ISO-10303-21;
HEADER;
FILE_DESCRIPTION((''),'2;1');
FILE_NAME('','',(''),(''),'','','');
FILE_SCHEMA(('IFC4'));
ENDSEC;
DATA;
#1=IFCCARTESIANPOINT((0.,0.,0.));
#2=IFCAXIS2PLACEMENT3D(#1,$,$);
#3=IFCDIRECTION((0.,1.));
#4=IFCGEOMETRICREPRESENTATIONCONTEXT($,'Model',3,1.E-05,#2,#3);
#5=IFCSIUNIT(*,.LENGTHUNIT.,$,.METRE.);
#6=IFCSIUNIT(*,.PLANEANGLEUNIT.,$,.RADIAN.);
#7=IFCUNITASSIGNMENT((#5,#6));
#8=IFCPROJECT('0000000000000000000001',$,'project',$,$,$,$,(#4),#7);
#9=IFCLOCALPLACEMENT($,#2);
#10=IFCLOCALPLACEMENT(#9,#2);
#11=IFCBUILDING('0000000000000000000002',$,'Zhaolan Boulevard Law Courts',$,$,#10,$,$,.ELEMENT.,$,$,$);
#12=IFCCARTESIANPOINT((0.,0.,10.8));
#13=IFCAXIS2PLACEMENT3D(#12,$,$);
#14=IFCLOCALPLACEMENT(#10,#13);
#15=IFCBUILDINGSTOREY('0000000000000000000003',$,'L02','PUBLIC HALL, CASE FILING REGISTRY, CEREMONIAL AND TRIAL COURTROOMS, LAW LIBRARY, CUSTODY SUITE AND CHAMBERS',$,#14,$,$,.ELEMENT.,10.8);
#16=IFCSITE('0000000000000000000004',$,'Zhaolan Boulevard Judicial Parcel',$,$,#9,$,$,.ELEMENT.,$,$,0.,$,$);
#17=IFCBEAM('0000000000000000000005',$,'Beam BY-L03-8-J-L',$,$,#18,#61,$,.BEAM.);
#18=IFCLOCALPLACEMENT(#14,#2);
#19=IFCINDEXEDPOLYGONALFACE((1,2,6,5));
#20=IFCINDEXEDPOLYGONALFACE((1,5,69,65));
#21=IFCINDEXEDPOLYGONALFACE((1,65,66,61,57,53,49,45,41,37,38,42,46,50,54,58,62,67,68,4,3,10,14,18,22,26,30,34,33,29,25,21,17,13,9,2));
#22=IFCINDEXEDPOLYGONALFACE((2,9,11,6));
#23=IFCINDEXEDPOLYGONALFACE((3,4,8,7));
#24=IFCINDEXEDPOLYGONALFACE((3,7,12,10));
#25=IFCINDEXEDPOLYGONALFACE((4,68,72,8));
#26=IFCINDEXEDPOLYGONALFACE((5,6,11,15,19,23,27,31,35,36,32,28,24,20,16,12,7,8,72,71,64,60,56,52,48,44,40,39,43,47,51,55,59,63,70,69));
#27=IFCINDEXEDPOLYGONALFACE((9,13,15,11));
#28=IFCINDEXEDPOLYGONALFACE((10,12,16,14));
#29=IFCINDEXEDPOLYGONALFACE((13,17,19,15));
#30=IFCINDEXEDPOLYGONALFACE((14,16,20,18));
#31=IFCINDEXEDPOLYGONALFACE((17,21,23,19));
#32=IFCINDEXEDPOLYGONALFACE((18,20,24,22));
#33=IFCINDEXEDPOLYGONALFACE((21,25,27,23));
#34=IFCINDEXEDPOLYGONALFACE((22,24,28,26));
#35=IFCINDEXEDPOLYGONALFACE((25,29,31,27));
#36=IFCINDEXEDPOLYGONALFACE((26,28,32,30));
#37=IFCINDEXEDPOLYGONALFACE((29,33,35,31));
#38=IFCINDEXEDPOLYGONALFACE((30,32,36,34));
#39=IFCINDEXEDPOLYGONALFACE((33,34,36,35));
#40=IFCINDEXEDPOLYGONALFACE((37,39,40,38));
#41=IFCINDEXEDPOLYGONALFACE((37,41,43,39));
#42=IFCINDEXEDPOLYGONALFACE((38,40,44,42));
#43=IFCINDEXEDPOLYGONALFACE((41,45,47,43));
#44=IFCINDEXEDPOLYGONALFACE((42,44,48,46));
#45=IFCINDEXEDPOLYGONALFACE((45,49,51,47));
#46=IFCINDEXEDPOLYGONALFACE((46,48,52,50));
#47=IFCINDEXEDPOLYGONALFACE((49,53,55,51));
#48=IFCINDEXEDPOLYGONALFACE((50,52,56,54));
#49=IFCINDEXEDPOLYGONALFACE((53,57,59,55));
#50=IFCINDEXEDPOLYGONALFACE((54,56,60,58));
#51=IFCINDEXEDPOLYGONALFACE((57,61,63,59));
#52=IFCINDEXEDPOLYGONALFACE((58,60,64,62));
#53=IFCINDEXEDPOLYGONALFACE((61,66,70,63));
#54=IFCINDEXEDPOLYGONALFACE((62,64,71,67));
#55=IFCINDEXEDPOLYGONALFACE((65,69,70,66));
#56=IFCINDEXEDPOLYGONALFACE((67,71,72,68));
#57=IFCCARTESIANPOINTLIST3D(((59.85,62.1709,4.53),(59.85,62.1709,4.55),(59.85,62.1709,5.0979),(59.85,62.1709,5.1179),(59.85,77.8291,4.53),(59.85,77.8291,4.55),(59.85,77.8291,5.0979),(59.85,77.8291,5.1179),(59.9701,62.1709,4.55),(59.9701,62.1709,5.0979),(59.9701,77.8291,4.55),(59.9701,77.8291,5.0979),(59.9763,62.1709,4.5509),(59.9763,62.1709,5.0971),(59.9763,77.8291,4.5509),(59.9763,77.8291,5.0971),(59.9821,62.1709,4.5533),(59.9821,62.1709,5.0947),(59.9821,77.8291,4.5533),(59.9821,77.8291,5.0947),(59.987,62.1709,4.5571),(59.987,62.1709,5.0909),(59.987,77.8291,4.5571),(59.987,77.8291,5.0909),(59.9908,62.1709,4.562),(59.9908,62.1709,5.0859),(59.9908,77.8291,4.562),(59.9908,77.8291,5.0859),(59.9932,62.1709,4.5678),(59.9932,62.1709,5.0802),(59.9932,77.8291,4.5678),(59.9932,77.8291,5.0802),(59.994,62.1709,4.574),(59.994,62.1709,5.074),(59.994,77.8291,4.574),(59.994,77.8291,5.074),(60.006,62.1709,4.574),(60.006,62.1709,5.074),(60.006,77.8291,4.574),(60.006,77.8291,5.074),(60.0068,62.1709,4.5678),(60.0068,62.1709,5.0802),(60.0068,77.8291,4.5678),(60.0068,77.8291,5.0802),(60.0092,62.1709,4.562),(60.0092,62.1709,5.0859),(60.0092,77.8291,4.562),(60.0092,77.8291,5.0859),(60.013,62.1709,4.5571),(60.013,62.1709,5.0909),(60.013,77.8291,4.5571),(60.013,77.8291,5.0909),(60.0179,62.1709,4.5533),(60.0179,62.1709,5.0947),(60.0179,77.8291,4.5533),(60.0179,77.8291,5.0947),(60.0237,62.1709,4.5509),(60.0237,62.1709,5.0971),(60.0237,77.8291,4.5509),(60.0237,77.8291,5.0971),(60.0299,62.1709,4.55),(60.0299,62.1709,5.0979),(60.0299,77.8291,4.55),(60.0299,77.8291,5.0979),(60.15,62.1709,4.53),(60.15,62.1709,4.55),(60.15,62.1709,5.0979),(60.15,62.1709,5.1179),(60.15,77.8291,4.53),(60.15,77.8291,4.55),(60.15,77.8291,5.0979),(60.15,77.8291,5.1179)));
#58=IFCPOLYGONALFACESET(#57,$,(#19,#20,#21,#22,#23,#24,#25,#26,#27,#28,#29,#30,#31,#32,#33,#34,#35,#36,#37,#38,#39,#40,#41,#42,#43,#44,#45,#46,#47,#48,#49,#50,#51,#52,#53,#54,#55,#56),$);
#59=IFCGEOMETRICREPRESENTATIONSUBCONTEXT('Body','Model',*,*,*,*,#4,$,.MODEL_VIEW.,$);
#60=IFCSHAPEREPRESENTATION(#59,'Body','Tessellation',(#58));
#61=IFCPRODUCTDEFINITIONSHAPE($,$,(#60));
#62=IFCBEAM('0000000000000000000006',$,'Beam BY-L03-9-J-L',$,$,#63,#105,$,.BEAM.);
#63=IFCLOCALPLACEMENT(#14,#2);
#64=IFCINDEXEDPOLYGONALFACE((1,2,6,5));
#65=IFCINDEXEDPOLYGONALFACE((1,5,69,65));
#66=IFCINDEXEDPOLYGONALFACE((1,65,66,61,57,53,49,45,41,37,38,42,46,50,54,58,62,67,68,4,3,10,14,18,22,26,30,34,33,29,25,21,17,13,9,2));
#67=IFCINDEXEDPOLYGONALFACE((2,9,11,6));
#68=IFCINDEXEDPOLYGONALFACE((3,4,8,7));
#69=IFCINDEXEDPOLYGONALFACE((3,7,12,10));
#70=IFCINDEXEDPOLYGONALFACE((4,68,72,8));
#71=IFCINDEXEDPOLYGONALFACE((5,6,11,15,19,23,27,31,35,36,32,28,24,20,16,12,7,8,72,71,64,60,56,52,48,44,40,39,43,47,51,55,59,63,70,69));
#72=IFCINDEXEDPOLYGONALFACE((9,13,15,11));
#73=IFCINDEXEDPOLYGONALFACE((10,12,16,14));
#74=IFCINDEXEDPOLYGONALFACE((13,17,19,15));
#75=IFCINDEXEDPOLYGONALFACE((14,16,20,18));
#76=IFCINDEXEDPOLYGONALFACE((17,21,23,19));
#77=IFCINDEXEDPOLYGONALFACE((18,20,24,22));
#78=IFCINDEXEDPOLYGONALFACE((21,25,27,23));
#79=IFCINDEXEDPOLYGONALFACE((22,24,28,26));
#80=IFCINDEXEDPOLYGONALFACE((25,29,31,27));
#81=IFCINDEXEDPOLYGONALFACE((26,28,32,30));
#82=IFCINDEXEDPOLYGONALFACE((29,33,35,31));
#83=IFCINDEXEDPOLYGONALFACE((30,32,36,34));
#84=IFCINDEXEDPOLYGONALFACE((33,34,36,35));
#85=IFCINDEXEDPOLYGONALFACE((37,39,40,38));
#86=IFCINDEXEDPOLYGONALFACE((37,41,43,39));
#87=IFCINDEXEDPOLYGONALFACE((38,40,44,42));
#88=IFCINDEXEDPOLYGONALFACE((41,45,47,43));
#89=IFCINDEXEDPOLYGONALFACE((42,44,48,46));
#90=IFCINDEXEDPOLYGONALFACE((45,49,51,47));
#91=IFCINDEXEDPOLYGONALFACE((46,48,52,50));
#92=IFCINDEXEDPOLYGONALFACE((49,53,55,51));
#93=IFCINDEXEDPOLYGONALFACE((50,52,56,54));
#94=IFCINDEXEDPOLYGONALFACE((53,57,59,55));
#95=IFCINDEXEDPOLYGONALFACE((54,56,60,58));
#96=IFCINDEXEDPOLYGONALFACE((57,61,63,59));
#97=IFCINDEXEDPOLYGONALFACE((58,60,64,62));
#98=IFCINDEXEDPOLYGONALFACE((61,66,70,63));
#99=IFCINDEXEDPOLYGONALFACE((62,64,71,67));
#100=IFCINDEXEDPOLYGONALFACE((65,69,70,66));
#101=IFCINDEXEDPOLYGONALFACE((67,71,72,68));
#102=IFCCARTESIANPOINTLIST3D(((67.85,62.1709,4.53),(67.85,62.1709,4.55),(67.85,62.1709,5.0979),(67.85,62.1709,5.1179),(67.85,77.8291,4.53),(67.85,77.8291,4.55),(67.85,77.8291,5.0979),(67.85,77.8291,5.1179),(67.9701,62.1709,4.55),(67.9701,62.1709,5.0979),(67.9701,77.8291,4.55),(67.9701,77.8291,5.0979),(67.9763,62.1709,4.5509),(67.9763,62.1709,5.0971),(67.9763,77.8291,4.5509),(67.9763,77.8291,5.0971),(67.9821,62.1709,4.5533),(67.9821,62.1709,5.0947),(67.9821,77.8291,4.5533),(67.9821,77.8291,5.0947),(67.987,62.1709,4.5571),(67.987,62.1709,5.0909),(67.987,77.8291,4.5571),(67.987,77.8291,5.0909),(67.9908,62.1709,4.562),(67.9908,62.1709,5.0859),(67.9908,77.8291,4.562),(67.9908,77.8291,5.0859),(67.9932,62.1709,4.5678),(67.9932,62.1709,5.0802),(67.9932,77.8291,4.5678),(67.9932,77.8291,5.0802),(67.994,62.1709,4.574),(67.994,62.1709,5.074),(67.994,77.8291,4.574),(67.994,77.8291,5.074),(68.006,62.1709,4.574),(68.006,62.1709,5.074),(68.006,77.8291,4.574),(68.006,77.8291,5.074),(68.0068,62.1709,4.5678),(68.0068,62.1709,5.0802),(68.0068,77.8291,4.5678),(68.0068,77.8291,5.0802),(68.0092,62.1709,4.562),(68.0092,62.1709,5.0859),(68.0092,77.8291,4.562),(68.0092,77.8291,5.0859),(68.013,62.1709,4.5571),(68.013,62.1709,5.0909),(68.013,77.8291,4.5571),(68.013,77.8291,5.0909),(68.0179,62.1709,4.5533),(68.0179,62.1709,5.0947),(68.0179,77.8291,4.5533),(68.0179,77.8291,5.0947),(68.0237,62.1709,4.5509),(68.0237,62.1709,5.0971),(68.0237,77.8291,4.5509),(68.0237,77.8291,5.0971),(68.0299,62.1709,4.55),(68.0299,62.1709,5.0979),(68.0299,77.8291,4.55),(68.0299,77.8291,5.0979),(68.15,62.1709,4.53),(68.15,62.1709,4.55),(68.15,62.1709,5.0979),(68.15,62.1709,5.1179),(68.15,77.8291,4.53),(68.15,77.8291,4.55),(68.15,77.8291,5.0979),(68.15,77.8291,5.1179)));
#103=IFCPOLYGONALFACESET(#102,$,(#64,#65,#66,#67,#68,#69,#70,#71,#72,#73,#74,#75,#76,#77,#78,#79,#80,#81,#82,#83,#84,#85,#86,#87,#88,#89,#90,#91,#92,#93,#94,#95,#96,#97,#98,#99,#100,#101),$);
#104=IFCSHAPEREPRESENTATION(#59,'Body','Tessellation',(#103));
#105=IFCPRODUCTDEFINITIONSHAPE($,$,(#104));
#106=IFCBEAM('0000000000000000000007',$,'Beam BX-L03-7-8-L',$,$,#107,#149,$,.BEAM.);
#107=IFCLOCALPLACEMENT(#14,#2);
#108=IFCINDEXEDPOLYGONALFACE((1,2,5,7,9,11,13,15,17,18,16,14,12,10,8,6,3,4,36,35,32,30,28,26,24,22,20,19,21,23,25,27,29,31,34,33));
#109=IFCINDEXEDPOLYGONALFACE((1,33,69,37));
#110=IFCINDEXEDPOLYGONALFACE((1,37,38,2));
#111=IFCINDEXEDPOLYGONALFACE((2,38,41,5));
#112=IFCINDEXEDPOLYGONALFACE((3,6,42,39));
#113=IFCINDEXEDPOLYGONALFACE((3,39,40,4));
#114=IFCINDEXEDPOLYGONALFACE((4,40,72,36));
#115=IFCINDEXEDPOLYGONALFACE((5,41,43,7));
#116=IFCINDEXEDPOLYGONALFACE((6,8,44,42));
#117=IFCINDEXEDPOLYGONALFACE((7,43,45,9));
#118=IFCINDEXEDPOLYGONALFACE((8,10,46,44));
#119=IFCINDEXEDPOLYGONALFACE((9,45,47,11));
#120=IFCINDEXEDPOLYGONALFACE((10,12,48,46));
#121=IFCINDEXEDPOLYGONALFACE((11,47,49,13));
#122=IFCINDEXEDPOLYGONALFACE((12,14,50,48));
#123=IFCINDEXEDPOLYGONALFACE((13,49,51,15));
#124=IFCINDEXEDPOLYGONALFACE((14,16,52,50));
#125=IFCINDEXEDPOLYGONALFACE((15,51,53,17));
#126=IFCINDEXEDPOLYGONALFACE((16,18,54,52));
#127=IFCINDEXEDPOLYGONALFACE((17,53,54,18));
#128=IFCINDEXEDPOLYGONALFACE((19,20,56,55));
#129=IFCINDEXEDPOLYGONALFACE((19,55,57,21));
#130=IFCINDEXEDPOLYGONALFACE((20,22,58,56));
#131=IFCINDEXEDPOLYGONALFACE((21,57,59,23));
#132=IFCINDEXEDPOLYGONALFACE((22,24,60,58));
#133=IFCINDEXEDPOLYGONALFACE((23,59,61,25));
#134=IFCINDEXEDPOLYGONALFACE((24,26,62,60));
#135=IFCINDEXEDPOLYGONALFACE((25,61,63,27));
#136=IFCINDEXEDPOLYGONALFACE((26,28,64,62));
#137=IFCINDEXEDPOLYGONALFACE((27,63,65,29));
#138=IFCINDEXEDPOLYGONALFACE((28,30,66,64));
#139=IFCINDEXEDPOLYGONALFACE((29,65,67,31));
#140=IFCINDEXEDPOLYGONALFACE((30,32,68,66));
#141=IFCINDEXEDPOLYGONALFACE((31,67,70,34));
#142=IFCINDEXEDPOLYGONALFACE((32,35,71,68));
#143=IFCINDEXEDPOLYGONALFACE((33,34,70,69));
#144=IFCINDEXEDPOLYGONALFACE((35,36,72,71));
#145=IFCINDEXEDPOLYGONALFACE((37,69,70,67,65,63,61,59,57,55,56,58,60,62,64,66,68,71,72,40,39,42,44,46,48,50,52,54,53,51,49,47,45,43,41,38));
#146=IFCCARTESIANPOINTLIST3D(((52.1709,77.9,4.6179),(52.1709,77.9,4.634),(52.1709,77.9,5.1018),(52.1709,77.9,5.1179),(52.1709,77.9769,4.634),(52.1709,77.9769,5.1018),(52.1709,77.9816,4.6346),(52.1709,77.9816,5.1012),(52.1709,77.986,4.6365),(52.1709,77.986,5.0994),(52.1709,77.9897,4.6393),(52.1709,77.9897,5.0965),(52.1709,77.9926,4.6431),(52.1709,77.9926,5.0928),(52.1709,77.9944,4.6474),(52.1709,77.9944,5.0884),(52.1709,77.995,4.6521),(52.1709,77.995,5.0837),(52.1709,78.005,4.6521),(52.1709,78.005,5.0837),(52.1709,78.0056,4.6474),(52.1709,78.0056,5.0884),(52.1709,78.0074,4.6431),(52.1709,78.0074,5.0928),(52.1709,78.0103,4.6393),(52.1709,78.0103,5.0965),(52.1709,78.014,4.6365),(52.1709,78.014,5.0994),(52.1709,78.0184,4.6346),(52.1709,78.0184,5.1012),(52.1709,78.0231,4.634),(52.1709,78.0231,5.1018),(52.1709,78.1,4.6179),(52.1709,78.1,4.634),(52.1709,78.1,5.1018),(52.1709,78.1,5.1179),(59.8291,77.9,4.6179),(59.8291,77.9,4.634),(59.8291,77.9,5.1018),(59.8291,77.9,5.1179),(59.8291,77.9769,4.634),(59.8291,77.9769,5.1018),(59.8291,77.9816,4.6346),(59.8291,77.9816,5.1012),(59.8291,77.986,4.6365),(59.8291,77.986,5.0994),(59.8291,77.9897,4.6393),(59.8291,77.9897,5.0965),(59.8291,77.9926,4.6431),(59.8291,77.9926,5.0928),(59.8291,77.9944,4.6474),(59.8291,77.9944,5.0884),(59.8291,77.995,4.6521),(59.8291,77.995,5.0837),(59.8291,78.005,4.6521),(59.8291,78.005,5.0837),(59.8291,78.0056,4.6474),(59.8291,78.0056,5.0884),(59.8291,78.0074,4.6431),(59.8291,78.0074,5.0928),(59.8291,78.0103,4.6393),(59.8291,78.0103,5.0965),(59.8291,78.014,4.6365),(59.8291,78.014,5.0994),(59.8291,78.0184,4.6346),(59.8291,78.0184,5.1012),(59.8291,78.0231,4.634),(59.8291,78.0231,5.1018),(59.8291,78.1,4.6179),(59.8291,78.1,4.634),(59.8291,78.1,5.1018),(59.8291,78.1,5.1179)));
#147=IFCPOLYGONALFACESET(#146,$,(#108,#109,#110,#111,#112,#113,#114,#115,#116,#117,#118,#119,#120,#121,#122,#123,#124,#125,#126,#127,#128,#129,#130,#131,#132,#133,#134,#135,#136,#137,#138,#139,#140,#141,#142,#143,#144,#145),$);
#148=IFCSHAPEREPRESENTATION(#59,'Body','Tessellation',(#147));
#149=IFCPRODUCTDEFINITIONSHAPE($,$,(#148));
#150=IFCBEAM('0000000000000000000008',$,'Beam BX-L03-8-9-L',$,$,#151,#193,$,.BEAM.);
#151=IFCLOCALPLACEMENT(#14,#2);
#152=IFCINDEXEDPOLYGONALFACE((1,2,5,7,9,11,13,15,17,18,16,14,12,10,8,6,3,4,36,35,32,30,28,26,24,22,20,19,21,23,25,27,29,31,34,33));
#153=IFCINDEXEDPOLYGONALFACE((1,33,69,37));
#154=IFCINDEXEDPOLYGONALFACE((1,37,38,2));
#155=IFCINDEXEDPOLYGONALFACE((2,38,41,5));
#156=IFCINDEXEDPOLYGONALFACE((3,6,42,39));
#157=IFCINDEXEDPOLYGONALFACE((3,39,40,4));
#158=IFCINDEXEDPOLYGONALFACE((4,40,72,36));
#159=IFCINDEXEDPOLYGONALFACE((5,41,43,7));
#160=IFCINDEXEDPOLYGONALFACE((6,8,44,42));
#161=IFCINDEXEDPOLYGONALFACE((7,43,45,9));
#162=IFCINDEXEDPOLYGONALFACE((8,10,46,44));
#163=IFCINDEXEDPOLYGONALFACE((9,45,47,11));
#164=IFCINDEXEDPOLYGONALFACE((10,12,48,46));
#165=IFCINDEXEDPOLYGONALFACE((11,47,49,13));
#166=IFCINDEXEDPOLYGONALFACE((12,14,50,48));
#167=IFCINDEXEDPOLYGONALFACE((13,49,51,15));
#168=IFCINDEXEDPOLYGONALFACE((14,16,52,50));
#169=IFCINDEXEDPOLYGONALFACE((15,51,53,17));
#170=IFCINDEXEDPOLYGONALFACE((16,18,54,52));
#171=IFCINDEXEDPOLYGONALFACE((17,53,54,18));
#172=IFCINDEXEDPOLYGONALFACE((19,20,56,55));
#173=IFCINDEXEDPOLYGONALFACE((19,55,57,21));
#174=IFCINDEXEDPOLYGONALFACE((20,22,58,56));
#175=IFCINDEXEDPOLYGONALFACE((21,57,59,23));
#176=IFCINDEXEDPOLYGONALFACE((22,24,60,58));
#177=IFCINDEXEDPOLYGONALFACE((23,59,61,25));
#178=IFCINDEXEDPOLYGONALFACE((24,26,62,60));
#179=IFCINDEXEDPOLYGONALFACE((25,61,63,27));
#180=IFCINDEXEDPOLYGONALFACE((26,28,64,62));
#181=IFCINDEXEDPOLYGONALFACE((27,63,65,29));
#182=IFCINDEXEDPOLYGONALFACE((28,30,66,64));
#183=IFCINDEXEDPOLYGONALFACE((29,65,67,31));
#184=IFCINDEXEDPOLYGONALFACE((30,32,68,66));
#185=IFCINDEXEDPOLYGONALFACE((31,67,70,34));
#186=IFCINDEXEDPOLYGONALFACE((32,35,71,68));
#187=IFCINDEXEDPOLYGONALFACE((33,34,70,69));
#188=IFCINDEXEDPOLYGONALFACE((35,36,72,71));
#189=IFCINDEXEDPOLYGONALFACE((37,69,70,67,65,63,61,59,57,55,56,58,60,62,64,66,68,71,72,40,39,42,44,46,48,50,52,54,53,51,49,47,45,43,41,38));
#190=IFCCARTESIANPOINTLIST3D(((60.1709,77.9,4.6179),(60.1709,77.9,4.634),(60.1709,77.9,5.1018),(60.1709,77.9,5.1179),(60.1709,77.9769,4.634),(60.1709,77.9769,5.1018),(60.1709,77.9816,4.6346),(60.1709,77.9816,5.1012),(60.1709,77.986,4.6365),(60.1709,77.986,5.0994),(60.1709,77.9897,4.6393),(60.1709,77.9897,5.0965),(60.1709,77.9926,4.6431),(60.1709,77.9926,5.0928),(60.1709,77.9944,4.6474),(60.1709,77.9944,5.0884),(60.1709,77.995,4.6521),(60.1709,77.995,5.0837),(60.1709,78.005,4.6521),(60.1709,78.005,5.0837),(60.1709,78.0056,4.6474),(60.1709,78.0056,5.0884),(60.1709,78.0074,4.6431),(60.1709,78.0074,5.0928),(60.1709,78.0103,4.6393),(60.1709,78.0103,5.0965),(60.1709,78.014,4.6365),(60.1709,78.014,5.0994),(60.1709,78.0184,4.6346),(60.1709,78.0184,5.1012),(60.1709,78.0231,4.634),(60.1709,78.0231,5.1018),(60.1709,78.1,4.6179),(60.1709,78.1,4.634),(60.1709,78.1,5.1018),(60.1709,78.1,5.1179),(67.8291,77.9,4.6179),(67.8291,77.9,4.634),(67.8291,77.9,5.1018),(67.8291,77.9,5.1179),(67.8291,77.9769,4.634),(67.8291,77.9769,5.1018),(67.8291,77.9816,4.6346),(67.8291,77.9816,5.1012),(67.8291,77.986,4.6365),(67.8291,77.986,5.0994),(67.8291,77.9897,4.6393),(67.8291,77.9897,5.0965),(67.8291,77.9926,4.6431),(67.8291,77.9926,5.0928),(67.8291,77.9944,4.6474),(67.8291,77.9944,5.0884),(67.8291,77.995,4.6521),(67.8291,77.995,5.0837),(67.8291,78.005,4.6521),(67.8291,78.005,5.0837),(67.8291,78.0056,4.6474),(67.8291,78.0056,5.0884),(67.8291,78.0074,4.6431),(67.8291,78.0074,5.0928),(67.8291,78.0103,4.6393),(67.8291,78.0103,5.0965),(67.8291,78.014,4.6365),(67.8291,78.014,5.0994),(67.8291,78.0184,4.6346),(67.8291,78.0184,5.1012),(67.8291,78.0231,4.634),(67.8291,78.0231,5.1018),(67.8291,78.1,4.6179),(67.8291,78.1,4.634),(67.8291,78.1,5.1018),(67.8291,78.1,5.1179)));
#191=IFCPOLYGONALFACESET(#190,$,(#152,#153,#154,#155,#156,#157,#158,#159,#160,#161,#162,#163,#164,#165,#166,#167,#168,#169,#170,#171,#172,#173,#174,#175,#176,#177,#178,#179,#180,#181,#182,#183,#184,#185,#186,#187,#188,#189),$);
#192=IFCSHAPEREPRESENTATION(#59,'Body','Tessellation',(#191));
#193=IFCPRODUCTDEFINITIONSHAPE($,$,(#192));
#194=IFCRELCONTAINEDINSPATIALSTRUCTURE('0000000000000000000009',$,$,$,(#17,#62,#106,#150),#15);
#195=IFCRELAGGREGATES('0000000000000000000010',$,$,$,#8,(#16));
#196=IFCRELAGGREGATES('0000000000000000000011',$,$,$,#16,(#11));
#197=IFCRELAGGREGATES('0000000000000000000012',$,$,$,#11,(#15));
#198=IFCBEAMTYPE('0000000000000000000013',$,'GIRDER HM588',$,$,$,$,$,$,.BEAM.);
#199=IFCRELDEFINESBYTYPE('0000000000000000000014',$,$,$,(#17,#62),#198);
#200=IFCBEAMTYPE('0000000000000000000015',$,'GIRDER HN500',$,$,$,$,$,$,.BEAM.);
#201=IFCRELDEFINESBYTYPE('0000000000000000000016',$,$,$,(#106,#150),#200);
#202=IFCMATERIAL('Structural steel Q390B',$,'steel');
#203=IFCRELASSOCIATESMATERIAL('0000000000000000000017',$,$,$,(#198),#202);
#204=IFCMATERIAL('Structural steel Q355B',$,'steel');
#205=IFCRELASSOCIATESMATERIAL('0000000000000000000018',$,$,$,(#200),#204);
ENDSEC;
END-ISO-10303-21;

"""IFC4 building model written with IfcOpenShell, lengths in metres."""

from ifc_helpers import new_model, si_unit, direction, frame, origin, origin_2d, place, context, subcontext, project, spatial, i_section, extrude, material, material_profile, profile_set, type_object, element, save


model = new_model("IFC4")

# Units and contexts
model_context = context("Model", 3, precision=1e-05, world=origin(), true_north=direction((0.0, 1.0)))
body_context = subcontext(model_context, "Body", "Model", "MODEL_VIEW")
ifc_project = project(units=[si_unit("LENGTHUNIT", "METRE"), si_unit("PLANEANGLEUNIT", "RADIAN")], contexts=[model_context])

# Site, building, storey
site_placement = place(None, origin())
site = spatial("IfcSite", under=ifc_project, at=site_placement, Name="Zhaolan Boulevard Judicial Parcel", CompositionType="ELEMENT", RefElevation=0.0)
building_placement = place(site_placement, origin())
building = spatial("IfcBuilding", under=site, at=building_placement, Name="Zhaolan Boulevard Law Courts", CompositionType="ELEMENT")
storey_placement = place(building_placement, frame((0.0, 0.0, 10.8)))
storey = spatial("IfcBuildingStorey", under=building, at=storey_placement, Name="L02", Description="PUBLIC HALL, CASE FILING REGISTRY, CEREMONIAL AND TRIAL COURTROOMS, LAW LIBRARY, CUSTODY SUITE AND CHAMBERS", CompositionType="ELEMENT", Elevation=10.8)

# Beams
ifc_material_1 = material(Name="Structural steel Q390B", Category="steel")
ifc_material_profile_1 = material_profile(ifc_material_1, i_section(OverallWidth=0.3, OverallDepth=0.5879, WebThickness=0.012, FlangeThickness=0.02, FilletRadius=0.0239, at=origin_2d()), Name="HM588x300")
ifc_profile_set_1 = profile_set([ifc_material_profile_1], Name="Structural steel Q390B")
beam_type_1 = type_object("IfcBeamType", Name="GIRDER HM588", PredefinedType="BEAM", material=ifc_profile_set_1)
for number, where, z_axis, x_axis, name in (
    (1, (60.0, 62.1709, 4.824), (0.0, 1.0, 0.0), (-1.0, 0.0, 0.0), "Beam BY-L03-8-J-L"),
    (2, (68.0, 62.1709, 4.824), (0.0, 1.0, 0.0), (-1.0, 0.0, 0.0), "Beam BY-L03-9-J-L"),
):
    element("IfcBeam", number, at=place(storey_placement, frame(where, z_axis=z_axis, x_axis=x_axis)), inside=storey, type_object=beam_type_1, Name=name, PredefinedType="BEAM", context=body_context, shape_type="SweptSolid", body=[
        extrude(i_section(OverallWidth=0.3, OverallDepth=0.5879, WebThickness=0.012, FlangeThickness=0.02, FilletRadius=0.0239, at=origin_2d()), origin(), (0.0, 0.0, 1.0), 15.6582),
    ])
ifc_material_2 = material(Name="Structural steel Q355B", Category="steel")
ifc_material_profile_2 = material_profile(ifc_material_2, i_section(OverallWidth=0.2, OverallDepth=0.5, WebThickness=0.01, FlangeThickness=0.0161, FilletRadius=0.0181, at=origin_2d()), Name="HN500x200")
ifc_profile_set_2 = profile_set([ifc_material_profile_2], Name="Structural steel Q355B")
beam_type_2 = type_object("IfcBeamType", Name="GIRDER HN500", PredefinedType="BEAM", material=ifc_profile_set_2)
for number, where, z_axis, x_axis, name in (
    (3, (52.1709, 78.0, 4.8679), (1.0, 0.0, 0.0), (0.0, 1.0, 0.0), "Beam BX-L03-7-8-L"),
    (4, (60.1709, 78.0, 4.8679), (1.0, 0.0, 0.0), (0.0, 1.0, 0.0), "Beam BX-L03-8-9-L"),
):
    element("IfcBeam", number, at=place(storey_placement, frame(where, z_axis=z_axis, x_axis=x_axis)), inside=storey, type_object=beam_type_2, Name=name, PredefinedType="BEAM", context=body_context, shape_type="SweptSolid", body=[
        extrude(i_section(OverallWidth=0.2, OverallDepth=0.5, WebThickness=0.01, FlangeThickness=0.0161, FilletRadius=0.0181, at=origin_2d()), origin(), (0.0, 0.0, 1.0), 7.6582),
    ])

save(model, "model.ifc")
